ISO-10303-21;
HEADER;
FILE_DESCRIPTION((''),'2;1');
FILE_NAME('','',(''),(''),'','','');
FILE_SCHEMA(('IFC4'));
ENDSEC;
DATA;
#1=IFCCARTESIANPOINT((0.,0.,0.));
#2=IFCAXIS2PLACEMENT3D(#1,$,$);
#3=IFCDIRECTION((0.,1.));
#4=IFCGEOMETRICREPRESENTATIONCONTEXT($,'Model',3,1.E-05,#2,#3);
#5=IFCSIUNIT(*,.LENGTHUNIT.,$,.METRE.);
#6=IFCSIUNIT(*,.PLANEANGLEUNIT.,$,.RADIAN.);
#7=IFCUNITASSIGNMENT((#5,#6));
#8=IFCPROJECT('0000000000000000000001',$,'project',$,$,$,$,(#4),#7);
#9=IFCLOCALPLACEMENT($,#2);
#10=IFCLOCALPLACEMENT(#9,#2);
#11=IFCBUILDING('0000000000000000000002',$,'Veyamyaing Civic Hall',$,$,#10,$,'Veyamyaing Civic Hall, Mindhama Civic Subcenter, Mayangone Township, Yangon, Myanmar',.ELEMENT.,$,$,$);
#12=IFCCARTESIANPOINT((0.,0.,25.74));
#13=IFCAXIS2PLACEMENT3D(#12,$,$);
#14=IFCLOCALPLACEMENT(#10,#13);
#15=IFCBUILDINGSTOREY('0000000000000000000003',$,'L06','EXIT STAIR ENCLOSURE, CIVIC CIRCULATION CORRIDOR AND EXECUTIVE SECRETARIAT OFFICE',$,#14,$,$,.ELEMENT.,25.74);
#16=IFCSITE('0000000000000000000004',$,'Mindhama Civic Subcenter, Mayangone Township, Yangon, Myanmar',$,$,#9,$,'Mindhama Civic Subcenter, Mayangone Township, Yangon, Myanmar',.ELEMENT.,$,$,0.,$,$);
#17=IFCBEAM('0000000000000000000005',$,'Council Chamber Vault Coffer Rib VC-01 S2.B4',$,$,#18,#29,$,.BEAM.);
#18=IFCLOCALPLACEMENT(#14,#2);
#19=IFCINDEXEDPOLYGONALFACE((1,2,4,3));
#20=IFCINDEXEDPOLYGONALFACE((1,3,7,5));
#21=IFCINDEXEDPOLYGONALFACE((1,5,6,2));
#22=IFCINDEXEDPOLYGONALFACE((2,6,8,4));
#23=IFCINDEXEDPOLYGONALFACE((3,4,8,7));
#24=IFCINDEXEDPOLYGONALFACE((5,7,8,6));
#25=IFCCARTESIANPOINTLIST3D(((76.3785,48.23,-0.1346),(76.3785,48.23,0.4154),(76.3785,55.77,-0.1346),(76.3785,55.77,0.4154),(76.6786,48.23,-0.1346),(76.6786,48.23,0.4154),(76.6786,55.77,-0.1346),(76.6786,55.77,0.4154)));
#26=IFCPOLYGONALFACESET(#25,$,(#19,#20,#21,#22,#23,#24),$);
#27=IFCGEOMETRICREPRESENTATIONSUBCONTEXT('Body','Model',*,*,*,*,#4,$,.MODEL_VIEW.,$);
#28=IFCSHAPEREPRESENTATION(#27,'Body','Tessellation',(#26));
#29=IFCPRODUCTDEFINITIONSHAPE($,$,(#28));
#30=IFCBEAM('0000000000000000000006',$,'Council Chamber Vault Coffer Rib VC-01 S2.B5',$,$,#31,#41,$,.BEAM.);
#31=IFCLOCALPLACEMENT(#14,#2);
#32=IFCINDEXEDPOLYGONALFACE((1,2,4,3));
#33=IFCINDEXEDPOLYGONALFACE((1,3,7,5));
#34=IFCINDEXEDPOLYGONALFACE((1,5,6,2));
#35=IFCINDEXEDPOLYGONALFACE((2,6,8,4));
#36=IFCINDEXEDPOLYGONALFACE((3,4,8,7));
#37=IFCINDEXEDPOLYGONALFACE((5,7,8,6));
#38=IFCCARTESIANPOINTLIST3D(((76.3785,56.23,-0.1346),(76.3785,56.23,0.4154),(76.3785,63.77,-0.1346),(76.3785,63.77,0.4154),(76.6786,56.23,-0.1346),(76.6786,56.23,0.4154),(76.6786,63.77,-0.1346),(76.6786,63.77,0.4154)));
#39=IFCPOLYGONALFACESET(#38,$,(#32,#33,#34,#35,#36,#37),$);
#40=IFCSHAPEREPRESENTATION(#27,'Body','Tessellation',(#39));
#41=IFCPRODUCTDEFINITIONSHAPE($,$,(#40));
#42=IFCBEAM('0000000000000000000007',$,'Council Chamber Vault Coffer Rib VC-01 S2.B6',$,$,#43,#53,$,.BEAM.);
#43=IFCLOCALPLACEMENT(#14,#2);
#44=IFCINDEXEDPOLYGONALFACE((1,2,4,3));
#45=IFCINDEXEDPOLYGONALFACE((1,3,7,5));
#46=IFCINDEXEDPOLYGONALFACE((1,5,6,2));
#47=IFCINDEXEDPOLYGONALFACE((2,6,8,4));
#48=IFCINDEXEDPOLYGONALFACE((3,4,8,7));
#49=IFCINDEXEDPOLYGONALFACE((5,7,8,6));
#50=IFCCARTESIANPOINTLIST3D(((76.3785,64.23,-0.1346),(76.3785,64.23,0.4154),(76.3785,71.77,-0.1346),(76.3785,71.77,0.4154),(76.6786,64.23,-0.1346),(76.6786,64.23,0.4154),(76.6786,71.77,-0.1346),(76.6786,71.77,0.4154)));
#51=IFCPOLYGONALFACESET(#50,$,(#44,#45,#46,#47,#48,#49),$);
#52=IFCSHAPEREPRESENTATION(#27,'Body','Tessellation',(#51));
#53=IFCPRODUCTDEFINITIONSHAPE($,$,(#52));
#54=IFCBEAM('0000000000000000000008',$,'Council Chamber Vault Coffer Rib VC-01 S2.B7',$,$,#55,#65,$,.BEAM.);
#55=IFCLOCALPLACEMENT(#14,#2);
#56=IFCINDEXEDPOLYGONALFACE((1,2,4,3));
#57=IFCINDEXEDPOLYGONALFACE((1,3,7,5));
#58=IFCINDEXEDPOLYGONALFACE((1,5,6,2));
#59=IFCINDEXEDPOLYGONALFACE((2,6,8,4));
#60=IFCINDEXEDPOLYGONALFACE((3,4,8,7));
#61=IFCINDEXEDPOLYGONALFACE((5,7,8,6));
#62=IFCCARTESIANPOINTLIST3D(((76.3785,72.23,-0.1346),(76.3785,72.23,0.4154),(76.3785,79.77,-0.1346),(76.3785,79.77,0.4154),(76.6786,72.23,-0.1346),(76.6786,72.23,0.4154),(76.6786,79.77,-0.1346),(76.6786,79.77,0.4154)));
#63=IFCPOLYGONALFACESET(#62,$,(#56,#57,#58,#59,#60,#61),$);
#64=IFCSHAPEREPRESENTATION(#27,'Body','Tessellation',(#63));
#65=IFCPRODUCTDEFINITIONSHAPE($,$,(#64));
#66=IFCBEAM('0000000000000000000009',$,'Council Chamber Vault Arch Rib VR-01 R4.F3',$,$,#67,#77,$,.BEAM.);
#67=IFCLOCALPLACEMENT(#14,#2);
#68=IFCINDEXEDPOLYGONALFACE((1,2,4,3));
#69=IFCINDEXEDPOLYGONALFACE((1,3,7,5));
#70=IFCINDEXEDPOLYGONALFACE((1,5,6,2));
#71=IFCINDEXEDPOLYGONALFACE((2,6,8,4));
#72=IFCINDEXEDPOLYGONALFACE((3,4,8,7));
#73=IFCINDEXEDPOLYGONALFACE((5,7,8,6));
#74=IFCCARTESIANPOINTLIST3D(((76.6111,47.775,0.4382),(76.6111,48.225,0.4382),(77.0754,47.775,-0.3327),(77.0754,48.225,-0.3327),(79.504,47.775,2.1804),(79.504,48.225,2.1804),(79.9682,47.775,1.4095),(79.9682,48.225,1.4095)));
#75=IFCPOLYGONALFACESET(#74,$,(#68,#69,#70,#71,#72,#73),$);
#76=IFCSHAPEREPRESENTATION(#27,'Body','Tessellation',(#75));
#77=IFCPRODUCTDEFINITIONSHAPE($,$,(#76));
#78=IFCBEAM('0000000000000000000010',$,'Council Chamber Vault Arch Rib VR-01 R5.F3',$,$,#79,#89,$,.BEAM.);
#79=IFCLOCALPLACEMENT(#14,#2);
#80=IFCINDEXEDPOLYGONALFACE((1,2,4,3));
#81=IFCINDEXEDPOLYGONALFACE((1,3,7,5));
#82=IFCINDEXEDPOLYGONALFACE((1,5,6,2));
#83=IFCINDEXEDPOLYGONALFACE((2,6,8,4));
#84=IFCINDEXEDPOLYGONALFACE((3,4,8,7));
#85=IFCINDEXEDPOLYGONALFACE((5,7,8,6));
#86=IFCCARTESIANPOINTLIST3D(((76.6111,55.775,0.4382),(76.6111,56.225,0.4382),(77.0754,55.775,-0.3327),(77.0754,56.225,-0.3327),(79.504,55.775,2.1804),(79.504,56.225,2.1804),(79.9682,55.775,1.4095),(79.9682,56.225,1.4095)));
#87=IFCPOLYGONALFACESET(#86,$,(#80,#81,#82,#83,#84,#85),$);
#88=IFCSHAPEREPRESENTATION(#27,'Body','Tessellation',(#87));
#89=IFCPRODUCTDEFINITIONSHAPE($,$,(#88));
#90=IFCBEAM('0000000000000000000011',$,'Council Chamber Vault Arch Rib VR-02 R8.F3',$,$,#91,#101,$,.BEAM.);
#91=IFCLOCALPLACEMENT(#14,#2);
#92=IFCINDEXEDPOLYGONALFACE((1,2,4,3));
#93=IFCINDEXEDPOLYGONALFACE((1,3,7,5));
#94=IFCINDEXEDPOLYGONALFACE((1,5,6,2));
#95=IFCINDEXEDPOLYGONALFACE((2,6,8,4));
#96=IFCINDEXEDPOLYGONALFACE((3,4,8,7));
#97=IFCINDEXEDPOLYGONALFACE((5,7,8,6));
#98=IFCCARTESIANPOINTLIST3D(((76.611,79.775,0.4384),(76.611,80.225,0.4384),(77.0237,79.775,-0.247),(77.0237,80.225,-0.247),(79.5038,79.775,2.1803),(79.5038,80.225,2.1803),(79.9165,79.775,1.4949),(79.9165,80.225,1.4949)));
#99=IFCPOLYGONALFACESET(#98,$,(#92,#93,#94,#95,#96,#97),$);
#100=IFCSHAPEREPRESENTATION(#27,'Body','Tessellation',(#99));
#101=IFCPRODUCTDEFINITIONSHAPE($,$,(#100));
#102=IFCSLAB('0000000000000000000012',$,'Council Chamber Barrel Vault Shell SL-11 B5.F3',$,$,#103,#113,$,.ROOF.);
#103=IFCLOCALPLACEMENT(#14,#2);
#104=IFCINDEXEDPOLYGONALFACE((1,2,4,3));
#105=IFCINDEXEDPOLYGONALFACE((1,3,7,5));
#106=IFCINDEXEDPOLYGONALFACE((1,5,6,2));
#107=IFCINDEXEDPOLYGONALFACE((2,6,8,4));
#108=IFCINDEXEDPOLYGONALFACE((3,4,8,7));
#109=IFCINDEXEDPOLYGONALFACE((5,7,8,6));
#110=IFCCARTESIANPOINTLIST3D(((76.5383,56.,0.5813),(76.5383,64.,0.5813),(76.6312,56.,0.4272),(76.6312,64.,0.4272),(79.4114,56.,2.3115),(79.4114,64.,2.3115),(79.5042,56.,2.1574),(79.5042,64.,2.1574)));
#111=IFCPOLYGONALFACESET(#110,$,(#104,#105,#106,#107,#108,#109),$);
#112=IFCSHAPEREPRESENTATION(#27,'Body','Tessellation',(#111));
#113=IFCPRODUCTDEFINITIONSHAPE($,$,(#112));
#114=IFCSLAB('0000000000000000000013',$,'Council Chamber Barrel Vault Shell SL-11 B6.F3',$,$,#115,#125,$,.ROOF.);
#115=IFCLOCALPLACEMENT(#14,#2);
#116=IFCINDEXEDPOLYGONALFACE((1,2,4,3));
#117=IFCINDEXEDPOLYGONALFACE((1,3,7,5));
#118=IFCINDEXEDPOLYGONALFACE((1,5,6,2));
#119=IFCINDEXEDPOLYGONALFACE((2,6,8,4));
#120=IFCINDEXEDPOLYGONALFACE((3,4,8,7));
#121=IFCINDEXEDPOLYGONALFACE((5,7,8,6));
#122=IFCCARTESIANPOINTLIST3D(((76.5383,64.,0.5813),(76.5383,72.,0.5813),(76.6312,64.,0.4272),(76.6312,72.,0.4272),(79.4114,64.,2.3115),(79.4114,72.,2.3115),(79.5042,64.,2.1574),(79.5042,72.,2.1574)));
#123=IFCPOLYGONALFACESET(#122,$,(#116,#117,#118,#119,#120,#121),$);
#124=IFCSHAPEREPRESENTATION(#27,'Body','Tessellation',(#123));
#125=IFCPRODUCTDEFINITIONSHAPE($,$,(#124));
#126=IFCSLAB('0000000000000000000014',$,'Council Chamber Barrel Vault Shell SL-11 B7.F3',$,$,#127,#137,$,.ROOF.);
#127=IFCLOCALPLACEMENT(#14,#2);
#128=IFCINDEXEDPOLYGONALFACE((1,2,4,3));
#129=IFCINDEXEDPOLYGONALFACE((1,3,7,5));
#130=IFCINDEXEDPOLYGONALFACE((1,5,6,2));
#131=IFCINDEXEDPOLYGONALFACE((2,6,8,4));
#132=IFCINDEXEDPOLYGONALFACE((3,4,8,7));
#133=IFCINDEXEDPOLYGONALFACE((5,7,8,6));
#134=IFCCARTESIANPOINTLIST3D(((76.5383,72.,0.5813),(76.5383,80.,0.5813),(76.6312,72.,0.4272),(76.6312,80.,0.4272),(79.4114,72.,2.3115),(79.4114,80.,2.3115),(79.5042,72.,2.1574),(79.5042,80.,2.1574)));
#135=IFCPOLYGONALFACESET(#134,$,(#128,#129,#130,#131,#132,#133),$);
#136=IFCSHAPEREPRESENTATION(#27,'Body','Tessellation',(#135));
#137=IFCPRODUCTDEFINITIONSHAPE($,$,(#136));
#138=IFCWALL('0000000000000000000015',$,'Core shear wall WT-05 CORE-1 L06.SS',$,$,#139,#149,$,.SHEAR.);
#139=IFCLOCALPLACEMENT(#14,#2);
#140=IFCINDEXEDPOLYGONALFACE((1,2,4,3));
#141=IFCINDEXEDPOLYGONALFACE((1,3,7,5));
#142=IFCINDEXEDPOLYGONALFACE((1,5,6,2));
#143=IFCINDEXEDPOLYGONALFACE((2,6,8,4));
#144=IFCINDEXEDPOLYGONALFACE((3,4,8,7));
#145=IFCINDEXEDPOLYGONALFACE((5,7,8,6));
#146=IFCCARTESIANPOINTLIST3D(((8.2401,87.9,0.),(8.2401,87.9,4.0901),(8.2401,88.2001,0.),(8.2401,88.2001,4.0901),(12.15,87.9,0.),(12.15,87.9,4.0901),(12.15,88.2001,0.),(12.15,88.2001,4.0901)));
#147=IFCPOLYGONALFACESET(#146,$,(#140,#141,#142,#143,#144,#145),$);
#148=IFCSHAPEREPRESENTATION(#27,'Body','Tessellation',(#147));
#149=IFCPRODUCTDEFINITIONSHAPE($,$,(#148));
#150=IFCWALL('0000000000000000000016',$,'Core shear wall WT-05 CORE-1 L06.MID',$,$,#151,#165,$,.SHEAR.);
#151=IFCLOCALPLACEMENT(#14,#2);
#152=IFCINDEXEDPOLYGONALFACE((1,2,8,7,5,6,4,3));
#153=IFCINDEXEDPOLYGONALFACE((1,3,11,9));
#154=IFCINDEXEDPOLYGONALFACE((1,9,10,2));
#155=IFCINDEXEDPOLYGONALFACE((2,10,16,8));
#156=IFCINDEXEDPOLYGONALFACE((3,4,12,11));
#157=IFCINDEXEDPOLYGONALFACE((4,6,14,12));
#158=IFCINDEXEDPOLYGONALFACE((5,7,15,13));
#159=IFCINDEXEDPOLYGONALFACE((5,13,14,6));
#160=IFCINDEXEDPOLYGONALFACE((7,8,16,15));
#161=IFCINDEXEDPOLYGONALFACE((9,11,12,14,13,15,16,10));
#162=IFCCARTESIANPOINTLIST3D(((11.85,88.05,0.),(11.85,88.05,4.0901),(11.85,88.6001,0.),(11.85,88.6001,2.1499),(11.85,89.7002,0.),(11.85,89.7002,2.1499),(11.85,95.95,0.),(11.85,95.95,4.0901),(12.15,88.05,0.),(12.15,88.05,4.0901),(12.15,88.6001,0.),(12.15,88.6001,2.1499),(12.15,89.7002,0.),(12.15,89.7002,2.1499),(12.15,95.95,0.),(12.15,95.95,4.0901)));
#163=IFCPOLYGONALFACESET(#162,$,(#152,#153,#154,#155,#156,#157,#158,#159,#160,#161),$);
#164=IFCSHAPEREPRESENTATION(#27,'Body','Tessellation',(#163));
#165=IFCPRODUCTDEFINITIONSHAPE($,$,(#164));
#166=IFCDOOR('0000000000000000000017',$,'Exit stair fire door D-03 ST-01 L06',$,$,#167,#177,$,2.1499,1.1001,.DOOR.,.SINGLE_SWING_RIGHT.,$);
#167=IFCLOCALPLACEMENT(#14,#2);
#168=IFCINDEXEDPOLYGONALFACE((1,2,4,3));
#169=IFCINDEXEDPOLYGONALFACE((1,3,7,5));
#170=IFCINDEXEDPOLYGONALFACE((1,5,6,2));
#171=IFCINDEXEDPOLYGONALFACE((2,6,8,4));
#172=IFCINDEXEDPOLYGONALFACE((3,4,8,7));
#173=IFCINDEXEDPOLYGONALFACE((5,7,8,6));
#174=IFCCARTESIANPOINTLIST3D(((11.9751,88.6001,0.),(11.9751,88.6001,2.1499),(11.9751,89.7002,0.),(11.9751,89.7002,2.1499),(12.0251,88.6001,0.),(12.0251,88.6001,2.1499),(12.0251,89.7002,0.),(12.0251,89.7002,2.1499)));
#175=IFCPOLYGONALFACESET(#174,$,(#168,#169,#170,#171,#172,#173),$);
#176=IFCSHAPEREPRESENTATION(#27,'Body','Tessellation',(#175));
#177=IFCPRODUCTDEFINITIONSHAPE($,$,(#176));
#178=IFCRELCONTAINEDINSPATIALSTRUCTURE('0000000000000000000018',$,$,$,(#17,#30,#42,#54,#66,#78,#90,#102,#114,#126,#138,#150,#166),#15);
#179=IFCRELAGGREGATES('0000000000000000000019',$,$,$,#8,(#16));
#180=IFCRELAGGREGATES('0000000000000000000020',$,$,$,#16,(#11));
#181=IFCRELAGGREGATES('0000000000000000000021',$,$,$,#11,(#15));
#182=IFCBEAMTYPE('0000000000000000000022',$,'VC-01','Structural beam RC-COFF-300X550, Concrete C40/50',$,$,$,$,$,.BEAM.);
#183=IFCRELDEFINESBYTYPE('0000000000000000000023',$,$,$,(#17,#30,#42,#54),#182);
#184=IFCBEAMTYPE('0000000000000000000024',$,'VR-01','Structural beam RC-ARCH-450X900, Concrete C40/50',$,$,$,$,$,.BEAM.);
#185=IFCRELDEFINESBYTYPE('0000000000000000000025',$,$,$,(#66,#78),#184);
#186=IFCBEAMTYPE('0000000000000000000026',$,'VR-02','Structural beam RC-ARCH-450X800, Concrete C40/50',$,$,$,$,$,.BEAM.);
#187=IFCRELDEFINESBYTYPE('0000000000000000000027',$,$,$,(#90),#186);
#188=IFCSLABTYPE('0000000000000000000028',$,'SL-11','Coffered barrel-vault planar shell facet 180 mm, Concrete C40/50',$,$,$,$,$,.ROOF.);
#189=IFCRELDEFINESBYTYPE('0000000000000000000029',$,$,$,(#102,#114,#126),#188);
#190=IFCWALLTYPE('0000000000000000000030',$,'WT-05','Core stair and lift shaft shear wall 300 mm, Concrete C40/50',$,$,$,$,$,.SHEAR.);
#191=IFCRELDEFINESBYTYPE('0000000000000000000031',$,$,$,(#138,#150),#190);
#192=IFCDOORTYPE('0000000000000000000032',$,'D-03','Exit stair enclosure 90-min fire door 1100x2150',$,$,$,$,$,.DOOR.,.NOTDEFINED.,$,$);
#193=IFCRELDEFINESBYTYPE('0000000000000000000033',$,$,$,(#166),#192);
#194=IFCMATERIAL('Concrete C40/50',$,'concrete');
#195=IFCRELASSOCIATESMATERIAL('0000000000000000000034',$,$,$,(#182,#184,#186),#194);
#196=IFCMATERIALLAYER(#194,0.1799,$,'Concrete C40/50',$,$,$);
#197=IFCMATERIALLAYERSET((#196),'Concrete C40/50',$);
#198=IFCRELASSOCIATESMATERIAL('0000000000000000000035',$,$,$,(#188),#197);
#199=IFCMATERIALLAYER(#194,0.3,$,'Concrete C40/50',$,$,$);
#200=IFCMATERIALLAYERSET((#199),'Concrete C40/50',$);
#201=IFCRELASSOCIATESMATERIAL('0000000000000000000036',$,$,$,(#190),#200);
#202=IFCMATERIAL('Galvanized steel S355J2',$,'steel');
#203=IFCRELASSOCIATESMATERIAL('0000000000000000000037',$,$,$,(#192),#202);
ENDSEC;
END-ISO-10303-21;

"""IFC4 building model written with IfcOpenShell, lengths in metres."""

from ifc_helpers import new_model, si_unit, direction, frame, frame_2d, origin, origin_2d, place, context, subcontext, project, spatial, polyline, rectangle, outline, extrude, material, layer, layer_set, material_profile, profile_set, type_object, element, fill, save


model = new_model("IFC4")

# Units and contexts
model_context = context("Model", 3, precision=1e-05, world=origin(), true_north=direction((0.0, 1.0)))
body_context = subcontext(model_context, "Body", "Model", "MODEL_VIEW")
ifc_project = project(units=[si_unit("LENGTHUNIT", "METRE"), si_unit("PLANEANGLEUNIT", "RADIAN")], contexts=[model_context])

# Site, building, storey
site_placement = place(None, origin())
site = spatial("IfcSite", under=ifc_project, at=site_placement, Name="Mindhama Civic Subcenter, Mayangone Township, Yangon, Myanmar", LongName="Mindhama Civic Subcenter, Mayangone Township, Yangon, Myanmar", CompositionType="ELEMENT", RefElevation=0.0)
building_placement = place(site_placement, origin())
building = spatial("IfcBuilding", under=site, at=building_placement, Name="Veyamyaing Civic Hall", LongName="Veyamyaing Civic Hall, Mindhama Civic Subcenter, Mayangone Township, Yangon, Myanmar", CompositionType="ELEMENT")
storey_placement = place(building_placement, frame((0.0, 0.0, 25.74)))
storey = spatial("IfcBuildingStorey", under=building, at=storey_placement, Name="L06", Description="EXIT STAIR ENCLOSURE, CIVIC CIRCULATION CORRIDOR AND EXECUTIVE SECRETARIAT OFFICE", CompositionType="ELEMENT", Elevation=25.74)

# Beams
ifc_material_1 = material(Name="Concrete C40/50", Category="concrete")
ifc_material_profile_1 = material_profile(ifc_material_1, rectangle(XDim=0.3, YDim=0.55, at=origin_2d()), Name="RC-COFF-300X550")
ifc_profile_set_1 = profile_set([ifc_material_profile_1], Name="Concrete C40/50")
beam_type_1 = type_object("IfcBeamType", Name="VC-01", Description="Structural beam RC-COFF-300X550, Concrete C40/50", PredefinedType="BEAM", material=ifc_profile_set_1)
for number, where, z_axis, x_axis, name in (
    (1, (76.5286, 48.23, 0.1404), (0.0, 1.0, 0.0), (-1.0, 0.0, 0.0), "Council Chamber Vault Coffer Rib VC-01 S2.B4"),
    (2, (76.5286, 56.23, 0.1404), (0.0, 1.0, 0.0), (-1.0, 0.0, 0.0), "Council Chamber Vault Coffer Rib VC-01 S2.B5"),
    (3, (76.5286, 64.23, 0.1404), (0.0, 1.0, 0.0), (-1.0, 0.0, 0.0), "Council Chamber Vault Coffer Rib VC-01 S2.B6"),
    (4, (76.5286, 72.23, 0.1404), (0.0, 1.0, 0.0), (-1.0, 0.0, 0.0), "Council Chamber Vault Coffer Rib VC-01 S2.B7"),
):
    element("IfcBeam", number, at=place(storey_placement, frame(where, z_axis=z_axis, x_axis=x_axis)), inside=storey, type_object=beam_type_1, Name=name, PredefinedType="BEAM", context=body_context, shape_type="SweptSolid", body=[
        extrude(rectangle(XDim=0.3, YDim=0.55, at=origin_2d()), origin(), (0.0, 0.0, 1.0), 7.54),
    ])
ifc_material_profile_2 = material_profile(ifc_material_1, rectangle(XDim=0.45, YDim=0.8999, at=origin_2d()), Name="RC-ARCH-450X900")
ifc_profile_set_2 = profile_set([ifc_material_profile_2], Name="Concrete C40/50")
beam_type_2 = type_object("IfcBeamType", Name="VR-01", Description="Structural beam RC-ARCH-450X900, Concrete C40/50", PredefinedType="BEAM", material=ifc_profile_set_2)
for number, where, z_axis, x_axis, name in (
    (5, (76.8433, 48.0, 0.0527), (0.856643, 0.0, 0.515909), (0.0, 1.0, 0.0), "Council Chamber Vault Arch Rib VR-01 R4.F3"),
    (6, (76.8433, 56.0, 0.0527), (0.856643, 0.0, 0.515909), (0.0, 1.0, 0.0), "Council Chamber Vault Arch Rib VR-01 R5.F3"),
):
    element("IfcBeam", number, at=place(storey_placement, frame(where, z_axis=z_axis, x_axis=x_axis)), inside=storey, type_object=beam_type_2, Name=name, PredefinedType="BEAM", context=body_context, shape_type="SweptSolid", body=[
        extrude(rectangle(XDim=0.45, YDim=0.8999, at=origin_2d()), origin(), (0.0, 0.0, 1.0), 3.377),
    ])
ifc_material_profile_3 = material_profile(ifc_material_1, rectangle(XDim=0.45, YDim=0.8, at=origin_2d()), Name="RC-ARCH-450X800")
ifc_profile_set_3 = profile_set([ifc_material_profile_3], Name="Concrete C40/50")
beam_type_3 = type_object("IfcBeamType", Name="VR-02", Description="Structural beam RC-ARCH-450X800, Concrete C40/50", PredefinedType="BEAM", material=ifc_profile_set_3)
beam_1_placement = place(storey_placement, frame((76.8174, 80.0, 0.0957), z_axis=(0.856675, 0.0, 0.515856), x_axis=(0.0, 1.0, 0.0)))
element("IfcBeam", 7, at=beam_1_placement, inside=storey, type_object=beam_type_3, Name="Council Chamber Vault Arch Rib VR-02 R8.F3", PredefinedType="BEAM", context=body_context, shape_type="SweptSolid", body=[
    extrude(rectangle(XDim=0.45, YDim=0.8, at=origin_2d()), origin(), (0.0, 0.0, 1.0), 3.3767),
])

# Slabs
ifc_layer_1 = layer(ifc_material_1, 0.1799, Name="Concrete C40/50")
ifc_layer_set_1 = layer_set([ifc_layer_1], Name="Concrete C40/50")
slab_type = type_object("IfcSlabType", Name="SL-11", Description="Coffered barrel-vault planar shell facet 180 mm, Concrete C40/50", PredefinedType="ROOF", material=ifc_layer_set_1)
for number, where, z_axis, x_axis, name in (
    (8, (76.5383, 56.0, 0.5813), (-0.515897, 0.0, 0.85665), (0.85665, 0.0, 0.515897), "Council Chamber Barrel Vault Shell SL-11 B5.F3"),
    (9, (76.5383, 64.0, 0.5813), (-0.515897, 0.0, 0.85665), (0.85665, 0.0, 0.515897), "Council Chamber Barrel Vault Shell SL-11 B6.F3"),
    (10, (76.5383, 72.0, 0.5813), (-0.515897, 0.0, 0.85665), (0.85665, 0.0, 0.515897), "Council Chamber Barrel Vault Shell SL-11 B7.F3"),
):
    element("IfcSlab", number, at=place(storey_placement, frame(where, z_axis=z_axis, x_axis=x_axis)), inside=storey, type_object=slab_type, Name=name, PredefinedType="ROOF", context=body_context, shape_type="SweptSolid", body=[
        extrude(outline(polyline([(0.0, 0.0), (3.3538, 0.0), (3.3538, 8.0), (0.0, 8.0), (0.0, 0.0)])), origin(), (0.0, 0.0, -1.0), 0.1799),
    ])

# Wall
ifc_layer_2 = layer(ifc_material_1, 0.3, Name="Concrete C40/50")
ifc_layer_set_2 = layer_set([ifc_layer_2], Name="Concrete C40/50")
wall_type = type_object("IfcWallType", Name="WT-05", Description="Core stair and lift shaft shear wall 300 mm, Concrete C40/50", PredefinedType="SHEAR", material=ifc_layer_set_2)
wall_1_placement = place(storey_placement, frame((8.24, 88.05, 0.0), z_axis=(0.0, 0.0, 1.0), x_axis=(1.0, 0.0, 0.0)))
element("IfcWall", 11, at=wall_1_placement, inside=storey, type_object=wall_type, Name="Core shear wall WT-05 CORE-1 L06.SS", PredefinedType="SHEAR", context=body_context, shape_type="SweptSolid", body=[
    extrude(rectangle(XDim=3.9099, YDim=0.3, at=frame_2d((1.9551, 0.0))), origin(), (0.0, 0.0, 1.0), 4.0901),
])

# Wall, opening, door
wall_2_placement = place(storey_placement, frame((12.0, 88.05, 0.0), z_axis=(0.0, 0.0, 1.0), x_axis=(0.0, 1.0, 0.0)))
wall_2 = element("IfcWall", 12, at=wall_2_placement, inside=storey, type_object=wall_type, Name="Core shear wall WT-05 CORE-1 L06.MID", PredefinedType="SHEAR", context=body_context, shape_type="SweptSolid", body=[
    extrude(rectangle(XDim=7.8999, YDim=0.3, at=frame_2d((3.95, 0.0))), origin(), (0.0, 0.0, 1.0), 4.0901),
])
opening_placement = place(wall_2_placement, frame((0.55, 0.0, 0.0)))
opening = element("IfcOpeningElement", 13, at=opening_placement, cuts=wall_2, PredefinedType="OPENING", context=body_context, shape_type="SweptSolid", body=[
    extrude(rectangle(XDim=1.1001, YDim=2.1499, at=frame_2d((0.55, 1.075))), frame((0.0, 0.1599, 0.0), z_axis=(0.0, -1.0, 0.0), x_axis=(1.0, 0.0, 0.0)), (0.0, 0.0, 1.0), 0.3201),
])
ifc_material_2 = material(Name="Galvanized steel S355J2", Category="steel")
door_type = type_object("IfcDoorType", Name="D-03", Description="Exit stair enclosure 90-min fire door 1100x2150", OperationType="NOTDEFINED", PredefinedType="DOOR", material=ifc_material_2)
door_placement = place(opening_placement, origin())
door = element("IfcDoor", 14, at=door_placement, inside=storey, type_object=door_type, Name="Exit stair fire door D-03 ST-01 L06", OperationType="SINGLE_SWING_RIGHT", OverallHeight=2.1499, OverallWidth=1.1001, PredefinedType="DOOR", context=body_context, shape_type="SweptSolid", body=[
    extrude(rectangle(XDim=1.1001, YDim=2.1499, at=frame_2d((0.55, 1.075))), frame((0.0, 0.0249, 0.0), z_axis=(0.0, -1.0, 0.0), x_axis=(1.0, 0.0, 0.0)), (0.0, 0.0, 1.0), 0.05),
])
fill(opening, door)

save(model, "model.ifc")
